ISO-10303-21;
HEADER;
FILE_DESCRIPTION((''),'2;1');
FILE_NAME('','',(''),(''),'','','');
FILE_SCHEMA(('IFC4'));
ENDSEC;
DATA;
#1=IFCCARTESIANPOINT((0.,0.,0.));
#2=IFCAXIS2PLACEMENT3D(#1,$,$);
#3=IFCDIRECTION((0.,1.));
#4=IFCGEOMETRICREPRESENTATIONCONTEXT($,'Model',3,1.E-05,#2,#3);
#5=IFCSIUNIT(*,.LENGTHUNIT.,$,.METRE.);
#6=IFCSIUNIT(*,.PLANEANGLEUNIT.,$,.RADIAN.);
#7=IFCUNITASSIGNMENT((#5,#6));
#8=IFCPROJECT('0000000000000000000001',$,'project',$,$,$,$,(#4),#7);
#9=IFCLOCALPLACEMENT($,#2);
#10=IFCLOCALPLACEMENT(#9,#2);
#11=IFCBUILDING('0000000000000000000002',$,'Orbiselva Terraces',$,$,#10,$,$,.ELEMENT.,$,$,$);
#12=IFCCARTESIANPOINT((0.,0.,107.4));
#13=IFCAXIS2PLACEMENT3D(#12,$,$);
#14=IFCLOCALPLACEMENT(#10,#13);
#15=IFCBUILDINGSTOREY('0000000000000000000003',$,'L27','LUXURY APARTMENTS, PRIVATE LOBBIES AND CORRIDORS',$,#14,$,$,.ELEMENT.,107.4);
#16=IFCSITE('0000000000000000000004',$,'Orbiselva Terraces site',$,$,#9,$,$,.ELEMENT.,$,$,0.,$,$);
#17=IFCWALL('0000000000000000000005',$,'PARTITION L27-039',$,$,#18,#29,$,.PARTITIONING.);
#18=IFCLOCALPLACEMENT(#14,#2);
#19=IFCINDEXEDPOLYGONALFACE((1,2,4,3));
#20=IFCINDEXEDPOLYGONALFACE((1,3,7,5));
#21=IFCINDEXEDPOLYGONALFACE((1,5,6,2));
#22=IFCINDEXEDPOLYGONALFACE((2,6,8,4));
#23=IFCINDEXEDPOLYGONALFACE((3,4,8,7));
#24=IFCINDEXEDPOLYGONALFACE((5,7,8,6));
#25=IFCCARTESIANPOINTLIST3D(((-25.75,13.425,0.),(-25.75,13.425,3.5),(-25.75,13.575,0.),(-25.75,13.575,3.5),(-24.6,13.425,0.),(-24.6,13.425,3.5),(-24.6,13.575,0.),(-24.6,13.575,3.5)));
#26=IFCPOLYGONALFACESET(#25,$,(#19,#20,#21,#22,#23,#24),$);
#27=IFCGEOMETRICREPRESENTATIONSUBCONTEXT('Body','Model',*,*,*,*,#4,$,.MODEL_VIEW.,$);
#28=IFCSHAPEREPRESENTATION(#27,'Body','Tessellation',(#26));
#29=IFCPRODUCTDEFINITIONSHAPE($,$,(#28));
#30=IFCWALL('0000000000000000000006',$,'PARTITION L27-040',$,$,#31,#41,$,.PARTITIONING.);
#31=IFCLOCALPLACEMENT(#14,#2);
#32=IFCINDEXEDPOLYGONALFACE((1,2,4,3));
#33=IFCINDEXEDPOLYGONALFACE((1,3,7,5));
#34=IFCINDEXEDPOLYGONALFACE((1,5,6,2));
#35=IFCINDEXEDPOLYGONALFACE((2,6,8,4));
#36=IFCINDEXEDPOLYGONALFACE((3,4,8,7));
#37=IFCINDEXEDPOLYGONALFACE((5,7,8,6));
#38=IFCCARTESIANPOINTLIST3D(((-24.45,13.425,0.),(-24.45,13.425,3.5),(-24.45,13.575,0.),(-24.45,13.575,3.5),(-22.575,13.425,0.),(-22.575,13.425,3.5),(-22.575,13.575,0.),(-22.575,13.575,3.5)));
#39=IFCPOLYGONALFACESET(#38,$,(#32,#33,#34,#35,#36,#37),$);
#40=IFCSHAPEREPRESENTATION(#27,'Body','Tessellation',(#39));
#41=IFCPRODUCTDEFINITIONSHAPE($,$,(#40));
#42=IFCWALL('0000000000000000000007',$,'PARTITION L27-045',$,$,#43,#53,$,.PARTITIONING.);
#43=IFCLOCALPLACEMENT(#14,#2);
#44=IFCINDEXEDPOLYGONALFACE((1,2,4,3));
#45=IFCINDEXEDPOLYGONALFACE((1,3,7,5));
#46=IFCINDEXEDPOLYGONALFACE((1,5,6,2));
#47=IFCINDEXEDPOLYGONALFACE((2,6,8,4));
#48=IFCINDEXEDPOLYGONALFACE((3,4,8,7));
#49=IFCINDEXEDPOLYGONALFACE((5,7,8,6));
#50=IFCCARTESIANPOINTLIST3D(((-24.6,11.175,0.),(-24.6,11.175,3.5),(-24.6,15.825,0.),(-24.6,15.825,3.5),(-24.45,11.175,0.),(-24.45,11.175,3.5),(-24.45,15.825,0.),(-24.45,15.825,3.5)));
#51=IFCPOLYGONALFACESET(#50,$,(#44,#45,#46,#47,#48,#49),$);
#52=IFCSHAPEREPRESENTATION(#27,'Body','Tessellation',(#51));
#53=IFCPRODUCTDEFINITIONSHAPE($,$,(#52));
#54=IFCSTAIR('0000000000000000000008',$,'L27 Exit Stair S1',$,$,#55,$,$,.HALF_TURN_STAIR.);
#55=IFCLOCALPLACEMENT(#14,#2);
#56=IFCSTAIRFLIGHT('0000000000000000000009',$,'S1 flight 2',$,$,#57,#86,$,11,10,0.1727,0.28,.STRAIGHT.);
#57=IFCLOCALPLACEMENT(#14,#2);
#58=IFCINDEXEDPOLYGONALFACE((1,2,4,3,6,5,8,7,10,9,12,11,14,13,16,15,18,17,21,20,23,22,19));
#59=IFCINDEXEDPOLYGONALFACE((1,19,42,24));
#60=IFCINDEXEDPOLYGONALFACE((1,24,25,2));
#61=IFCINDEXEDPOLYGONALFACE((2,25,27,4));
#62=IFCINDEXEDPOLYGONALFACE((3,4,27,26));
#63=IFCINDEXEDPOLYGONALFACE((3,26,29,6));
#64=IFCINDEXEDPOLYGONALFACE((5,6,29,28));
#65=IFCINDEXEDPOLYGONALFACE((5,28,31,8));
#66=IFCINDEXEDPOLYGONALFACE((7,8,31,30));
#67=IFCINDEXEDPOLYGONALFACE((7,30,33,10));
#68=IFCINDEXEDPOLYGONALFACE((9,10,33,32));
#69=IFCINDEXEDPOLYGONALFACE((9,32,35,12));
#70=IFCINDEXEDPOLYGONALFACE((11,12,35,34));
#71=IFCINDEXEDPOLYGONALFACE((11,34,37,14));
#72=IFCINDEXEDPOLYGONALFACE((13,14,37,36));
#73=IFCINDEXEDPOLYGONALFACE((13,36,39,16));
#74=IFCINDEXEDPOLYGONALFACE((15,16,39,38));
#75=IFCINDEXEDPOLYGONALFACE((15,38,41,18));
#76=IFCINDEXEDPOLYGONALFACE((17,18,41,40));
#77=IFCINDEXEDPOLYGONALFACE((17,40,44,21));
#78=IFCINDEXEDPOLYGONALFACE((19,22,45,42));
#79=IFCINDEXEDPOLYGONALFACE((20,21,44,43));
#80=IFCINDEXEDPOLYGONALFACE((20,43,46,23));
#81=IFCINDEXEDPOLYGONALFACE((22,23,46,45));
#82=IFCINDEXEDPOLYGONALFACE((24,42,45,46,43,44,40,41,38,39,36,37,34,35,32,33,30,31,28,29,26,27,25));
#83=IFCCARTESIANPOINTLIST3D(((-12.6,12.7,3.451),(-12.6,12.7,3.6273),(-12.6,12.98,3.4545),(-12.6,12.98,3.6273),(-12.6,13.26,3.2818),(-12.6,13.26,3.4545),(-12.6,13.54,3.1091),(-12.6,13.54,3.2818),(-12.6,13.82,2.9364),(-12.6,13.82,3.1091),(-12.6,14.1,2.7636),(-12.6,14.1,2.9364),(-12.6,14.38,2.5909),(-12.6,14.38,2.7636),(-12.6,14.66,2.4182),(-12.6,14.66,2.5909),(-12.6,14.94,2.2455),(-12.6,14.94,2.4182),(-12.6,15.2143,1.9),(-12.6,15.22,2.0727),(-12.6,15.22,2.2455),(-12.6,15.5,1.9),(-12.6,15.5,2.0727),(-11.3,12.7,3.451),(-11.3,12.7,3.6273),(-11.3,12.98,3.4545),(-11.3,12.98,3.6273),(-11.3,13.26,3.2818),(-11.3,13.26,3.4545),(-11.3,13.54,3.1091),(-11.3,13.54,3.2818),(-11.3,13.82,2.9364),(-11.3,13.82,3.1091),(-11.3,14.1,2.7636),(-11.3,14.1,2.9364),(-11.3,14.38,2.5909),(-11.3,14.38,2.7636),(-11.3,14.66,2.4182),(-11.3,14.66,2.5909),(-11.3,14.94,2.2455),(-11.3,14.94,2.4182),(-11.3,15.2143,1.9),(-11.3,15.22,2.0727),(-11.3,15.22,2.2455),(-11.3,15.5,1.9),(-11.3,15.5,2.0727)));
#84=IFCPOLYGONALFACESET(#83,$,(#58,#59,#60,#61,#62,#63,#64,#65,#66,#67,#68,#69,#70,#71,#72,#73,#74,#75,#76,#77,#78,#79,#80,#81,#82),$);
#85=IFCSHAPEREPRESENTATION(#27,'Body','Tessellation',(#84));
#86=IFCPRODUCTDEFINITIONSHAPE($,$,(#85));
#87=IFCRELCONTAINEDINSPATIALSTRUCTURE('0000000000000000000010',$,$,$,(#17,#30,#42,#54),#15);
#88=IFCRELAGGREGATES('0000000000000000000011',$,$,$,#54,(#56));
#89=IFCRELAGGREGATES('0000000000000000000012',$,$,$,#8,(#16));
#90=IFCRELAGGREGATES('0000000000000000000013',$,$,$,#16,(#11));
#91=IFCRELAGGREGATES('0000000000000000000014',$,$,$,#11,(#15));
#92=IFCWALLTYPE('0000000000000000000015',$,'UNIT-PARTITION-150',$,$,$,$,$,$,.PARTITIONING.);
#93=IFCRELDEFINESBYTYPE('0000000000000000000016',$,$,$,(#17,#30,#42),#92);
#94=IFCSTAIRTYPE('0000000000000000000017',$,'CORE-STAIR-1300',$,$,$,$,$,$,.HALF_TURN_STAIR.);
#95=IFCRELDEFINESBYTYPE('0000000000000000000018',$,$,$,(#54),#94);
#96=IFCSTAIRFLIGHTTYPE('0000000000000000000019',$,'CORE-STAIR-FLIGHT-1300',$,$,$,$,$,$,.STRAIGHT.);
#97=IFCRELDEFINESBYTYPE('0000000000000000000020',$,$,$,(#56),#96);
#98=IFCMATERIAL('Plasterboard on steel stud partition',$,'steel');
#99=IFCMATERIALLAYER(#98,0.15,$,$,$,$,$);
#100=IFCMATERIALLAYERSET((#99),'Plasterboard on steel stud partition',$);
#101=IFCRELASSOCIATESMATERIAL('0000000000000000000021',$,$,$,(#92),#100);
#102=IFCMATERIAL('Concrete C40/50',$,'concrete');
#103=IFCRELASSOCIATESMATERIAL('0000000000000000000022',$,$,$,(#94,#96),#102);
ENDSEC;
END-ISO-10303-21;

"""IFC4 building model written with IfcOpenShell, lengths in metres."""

from ifc_helpers import new_model, si_unit, direction, frame, frame_2d, origin, place, context, subcontext, project, spatial, polyline, rectangle, outline, extrude, material, layer, layer_set, type_object, element, aggregate, save


model = new_model("IFC4")

# Units and contexts
model_context = context("Model", 3, precision=1e-05, world=origin(), true_north=direction((0.0, 1.0)))
body_context = subcontext(model_context, "Body", "Model", "MODEL_VIEW")
ifc_project = project(units=[si_unit("LENGTHUNIT", "METRE"), si_unit("PLANEANGLEUNIT", "RADIAN")], contexts=[model_context])

# Site, building, storey
site_placement = place(None, origin())
site = spatial("IfcSite", under=ifc_project, at=site_placement, Name="Orbiselva Terraces site", CompositionType="ELEMENT", RefElevation=0.0)
building_placement = place(site_placement, origin())
building = spatial("IfcBuilding", under=site, at=building_placement, Name="Orbiselva Terraces", CompositionType="ELEMENT")
storey_placement = place(building_placement, frame((0.0, 0.0, 107.4)))
storey = spatial("IfcBuildingStorey", under=building, at=storey_placement, Name="L27", Description="LUXURY APARTMENTS, PRIVATE LOBBIES AND CORRIDORS", CompositionType="ELEMENT", Elevation=107.4)

# Shared definitions
ifc_material_1 = material(Name="Plasterboard on steel stud partition", Category="steel")

# Shared definitions
ifc_layer_1 = layer(ifc_material_1, 0.15)
ifc_layer_set_1 = layer_set([ifc_layer_1], Name="Plasterboard on steel stud partition")
wall_type_1 = type_object("IfcWallType", Name="UNIT-PARTITION-150", PredefinedType="PARTITIONING", material=ifc_layer_set_1)

# Walls
wall_1_placement = place(storey_placement, frame((-25.75, 13.5, 0.0), z_axis=(0.0, 0.0, 1.0), x_axis=(1.0, 0.0, 0.0)))
element("IfcWall", 1, at=wall_1_placement, inside=storey, type_object=wall_type_1, Name="PARTITION L27-039", PredefinedType="PARTITIONING", context=body_context, shape_type="SweptSolid", body=[
    extrude(rectangle(XDim=1.15, YDim=0.15, at=frame_2d((0.575, 0.0))), origin(), (0.0, 0.0, 1.0), 3.5),
])
wall_2_placement = place(storey_placement, frame((-24.45, 13.5, 0.0), z_axis=(0.0, 0.0, 1.0), x_axis=(1.0, 0.0, 0.0)))
element("IfcWall", 2, at=wall_2_placement, inside=storey, type_object=wall_type_1, Name="PARTITION L27-040", PredefinedType="PARTITIONING", context=body_context, shape_type="SweptSolid", body=[
    extrude(rectangle(XDim=1.875, YDim=0.15, at=frame_2d((0.9375, 0.0))), origin(), (0.0, 0.0, 1.0), 3.5),
])
wall_3_placement = place(storey_placement, frame((-24.525, 11.175, 0.0), z_axis=(0.0, 0.0, 1.0), x_axis=(0.0, 1.0, 0.0)))
element("IfcWall", 3, at=wall_3_placement, inside=storey, type_object=wall_type_1, Name="PARTITION L27-045", PredefinedType="PARTITIONING", context=body_context, shape_type="SweptSolid", body=[
    extrude(rectangle(XDim=4.65, YDim=0.15, at=frame_2d((2.325, 0.0))), origin(), (0.0, 0.0, 1.0), 3.5),
])

# Stair, stair flight
ifc_material_2 = material(Name="Concrete C40/50", Category="concrete")
stair_type = type_object("IfcStairType", Name="CORE-STAIR-1300", PredefinedType="HALF_TURN_STAIR", material=ifc_material_2)
stair_placement = place(storey_placement, origin())
stair = element("IfcStair", 4, at=stair_placement, inside=storey, type_object=stair_type, Name="L27 Exit Stair S1", PredefinedType="HALF_TURN_STAIR")
stair_flight_type = type_object("IfcStairFlightType", Name="CORE-STAIR-FLIGHT-1300", PredefinedType="STRAIGHT", material=ifc_material_2)
stair_flight_placement = place(storey_placement, frame((-11.95, 15.5, 1.9), z_axis=(0.0, 0.0, 1.0), x_axis=(0.0, -1.0, 0.0)))
stair_flight = element("IfcStairFlight", 5, at=stair_flight_placement, type_object=stair_flight_type, Name="S1 flight 2", NumberOfRisers=11, NumberOfTreads=10, PredefinedType="STRAIGHT", RiserHeight=0.1727, TreadLength=0.28, context=body_context, shape_type="SweptSolid", body=[
    extrude(outline(polyline([(0.0, 0.0), (0.0, 0.1727), (0.28, 0.1727), (0.28, 0.3455), (0.56, 0.3455), (0.56, 0.5182), (0.84, 0.5182), (0.84, 0.6909), (1.12, 0.6909), (1.12, 0.8636), (1.4, 0.8636), (1.4, 1.0364), (1.68, 1.0364), (1.68, 1.2091), (1.96, 1.2091), (1.96, 1.3818), (2.24, 1.3818), (2.24, 1.5545), (2.52, 1.5545), (2.52, 1.7273), (2.8, 1.7273), (2.8, 1.9), (2.8, 1.551), (0.2857, 0.0), (0.0, 0.0)])), frame((0.0, 0.65, 0.0), z_axis=(0.0, -1.0, 0.0), x_axis=(1.0, 0.0, 0.0)), (0.0, 0.0, 1.0), 1.3),
])
aggregate(stair, [stair_flight])

save(model, "model.ifc")
